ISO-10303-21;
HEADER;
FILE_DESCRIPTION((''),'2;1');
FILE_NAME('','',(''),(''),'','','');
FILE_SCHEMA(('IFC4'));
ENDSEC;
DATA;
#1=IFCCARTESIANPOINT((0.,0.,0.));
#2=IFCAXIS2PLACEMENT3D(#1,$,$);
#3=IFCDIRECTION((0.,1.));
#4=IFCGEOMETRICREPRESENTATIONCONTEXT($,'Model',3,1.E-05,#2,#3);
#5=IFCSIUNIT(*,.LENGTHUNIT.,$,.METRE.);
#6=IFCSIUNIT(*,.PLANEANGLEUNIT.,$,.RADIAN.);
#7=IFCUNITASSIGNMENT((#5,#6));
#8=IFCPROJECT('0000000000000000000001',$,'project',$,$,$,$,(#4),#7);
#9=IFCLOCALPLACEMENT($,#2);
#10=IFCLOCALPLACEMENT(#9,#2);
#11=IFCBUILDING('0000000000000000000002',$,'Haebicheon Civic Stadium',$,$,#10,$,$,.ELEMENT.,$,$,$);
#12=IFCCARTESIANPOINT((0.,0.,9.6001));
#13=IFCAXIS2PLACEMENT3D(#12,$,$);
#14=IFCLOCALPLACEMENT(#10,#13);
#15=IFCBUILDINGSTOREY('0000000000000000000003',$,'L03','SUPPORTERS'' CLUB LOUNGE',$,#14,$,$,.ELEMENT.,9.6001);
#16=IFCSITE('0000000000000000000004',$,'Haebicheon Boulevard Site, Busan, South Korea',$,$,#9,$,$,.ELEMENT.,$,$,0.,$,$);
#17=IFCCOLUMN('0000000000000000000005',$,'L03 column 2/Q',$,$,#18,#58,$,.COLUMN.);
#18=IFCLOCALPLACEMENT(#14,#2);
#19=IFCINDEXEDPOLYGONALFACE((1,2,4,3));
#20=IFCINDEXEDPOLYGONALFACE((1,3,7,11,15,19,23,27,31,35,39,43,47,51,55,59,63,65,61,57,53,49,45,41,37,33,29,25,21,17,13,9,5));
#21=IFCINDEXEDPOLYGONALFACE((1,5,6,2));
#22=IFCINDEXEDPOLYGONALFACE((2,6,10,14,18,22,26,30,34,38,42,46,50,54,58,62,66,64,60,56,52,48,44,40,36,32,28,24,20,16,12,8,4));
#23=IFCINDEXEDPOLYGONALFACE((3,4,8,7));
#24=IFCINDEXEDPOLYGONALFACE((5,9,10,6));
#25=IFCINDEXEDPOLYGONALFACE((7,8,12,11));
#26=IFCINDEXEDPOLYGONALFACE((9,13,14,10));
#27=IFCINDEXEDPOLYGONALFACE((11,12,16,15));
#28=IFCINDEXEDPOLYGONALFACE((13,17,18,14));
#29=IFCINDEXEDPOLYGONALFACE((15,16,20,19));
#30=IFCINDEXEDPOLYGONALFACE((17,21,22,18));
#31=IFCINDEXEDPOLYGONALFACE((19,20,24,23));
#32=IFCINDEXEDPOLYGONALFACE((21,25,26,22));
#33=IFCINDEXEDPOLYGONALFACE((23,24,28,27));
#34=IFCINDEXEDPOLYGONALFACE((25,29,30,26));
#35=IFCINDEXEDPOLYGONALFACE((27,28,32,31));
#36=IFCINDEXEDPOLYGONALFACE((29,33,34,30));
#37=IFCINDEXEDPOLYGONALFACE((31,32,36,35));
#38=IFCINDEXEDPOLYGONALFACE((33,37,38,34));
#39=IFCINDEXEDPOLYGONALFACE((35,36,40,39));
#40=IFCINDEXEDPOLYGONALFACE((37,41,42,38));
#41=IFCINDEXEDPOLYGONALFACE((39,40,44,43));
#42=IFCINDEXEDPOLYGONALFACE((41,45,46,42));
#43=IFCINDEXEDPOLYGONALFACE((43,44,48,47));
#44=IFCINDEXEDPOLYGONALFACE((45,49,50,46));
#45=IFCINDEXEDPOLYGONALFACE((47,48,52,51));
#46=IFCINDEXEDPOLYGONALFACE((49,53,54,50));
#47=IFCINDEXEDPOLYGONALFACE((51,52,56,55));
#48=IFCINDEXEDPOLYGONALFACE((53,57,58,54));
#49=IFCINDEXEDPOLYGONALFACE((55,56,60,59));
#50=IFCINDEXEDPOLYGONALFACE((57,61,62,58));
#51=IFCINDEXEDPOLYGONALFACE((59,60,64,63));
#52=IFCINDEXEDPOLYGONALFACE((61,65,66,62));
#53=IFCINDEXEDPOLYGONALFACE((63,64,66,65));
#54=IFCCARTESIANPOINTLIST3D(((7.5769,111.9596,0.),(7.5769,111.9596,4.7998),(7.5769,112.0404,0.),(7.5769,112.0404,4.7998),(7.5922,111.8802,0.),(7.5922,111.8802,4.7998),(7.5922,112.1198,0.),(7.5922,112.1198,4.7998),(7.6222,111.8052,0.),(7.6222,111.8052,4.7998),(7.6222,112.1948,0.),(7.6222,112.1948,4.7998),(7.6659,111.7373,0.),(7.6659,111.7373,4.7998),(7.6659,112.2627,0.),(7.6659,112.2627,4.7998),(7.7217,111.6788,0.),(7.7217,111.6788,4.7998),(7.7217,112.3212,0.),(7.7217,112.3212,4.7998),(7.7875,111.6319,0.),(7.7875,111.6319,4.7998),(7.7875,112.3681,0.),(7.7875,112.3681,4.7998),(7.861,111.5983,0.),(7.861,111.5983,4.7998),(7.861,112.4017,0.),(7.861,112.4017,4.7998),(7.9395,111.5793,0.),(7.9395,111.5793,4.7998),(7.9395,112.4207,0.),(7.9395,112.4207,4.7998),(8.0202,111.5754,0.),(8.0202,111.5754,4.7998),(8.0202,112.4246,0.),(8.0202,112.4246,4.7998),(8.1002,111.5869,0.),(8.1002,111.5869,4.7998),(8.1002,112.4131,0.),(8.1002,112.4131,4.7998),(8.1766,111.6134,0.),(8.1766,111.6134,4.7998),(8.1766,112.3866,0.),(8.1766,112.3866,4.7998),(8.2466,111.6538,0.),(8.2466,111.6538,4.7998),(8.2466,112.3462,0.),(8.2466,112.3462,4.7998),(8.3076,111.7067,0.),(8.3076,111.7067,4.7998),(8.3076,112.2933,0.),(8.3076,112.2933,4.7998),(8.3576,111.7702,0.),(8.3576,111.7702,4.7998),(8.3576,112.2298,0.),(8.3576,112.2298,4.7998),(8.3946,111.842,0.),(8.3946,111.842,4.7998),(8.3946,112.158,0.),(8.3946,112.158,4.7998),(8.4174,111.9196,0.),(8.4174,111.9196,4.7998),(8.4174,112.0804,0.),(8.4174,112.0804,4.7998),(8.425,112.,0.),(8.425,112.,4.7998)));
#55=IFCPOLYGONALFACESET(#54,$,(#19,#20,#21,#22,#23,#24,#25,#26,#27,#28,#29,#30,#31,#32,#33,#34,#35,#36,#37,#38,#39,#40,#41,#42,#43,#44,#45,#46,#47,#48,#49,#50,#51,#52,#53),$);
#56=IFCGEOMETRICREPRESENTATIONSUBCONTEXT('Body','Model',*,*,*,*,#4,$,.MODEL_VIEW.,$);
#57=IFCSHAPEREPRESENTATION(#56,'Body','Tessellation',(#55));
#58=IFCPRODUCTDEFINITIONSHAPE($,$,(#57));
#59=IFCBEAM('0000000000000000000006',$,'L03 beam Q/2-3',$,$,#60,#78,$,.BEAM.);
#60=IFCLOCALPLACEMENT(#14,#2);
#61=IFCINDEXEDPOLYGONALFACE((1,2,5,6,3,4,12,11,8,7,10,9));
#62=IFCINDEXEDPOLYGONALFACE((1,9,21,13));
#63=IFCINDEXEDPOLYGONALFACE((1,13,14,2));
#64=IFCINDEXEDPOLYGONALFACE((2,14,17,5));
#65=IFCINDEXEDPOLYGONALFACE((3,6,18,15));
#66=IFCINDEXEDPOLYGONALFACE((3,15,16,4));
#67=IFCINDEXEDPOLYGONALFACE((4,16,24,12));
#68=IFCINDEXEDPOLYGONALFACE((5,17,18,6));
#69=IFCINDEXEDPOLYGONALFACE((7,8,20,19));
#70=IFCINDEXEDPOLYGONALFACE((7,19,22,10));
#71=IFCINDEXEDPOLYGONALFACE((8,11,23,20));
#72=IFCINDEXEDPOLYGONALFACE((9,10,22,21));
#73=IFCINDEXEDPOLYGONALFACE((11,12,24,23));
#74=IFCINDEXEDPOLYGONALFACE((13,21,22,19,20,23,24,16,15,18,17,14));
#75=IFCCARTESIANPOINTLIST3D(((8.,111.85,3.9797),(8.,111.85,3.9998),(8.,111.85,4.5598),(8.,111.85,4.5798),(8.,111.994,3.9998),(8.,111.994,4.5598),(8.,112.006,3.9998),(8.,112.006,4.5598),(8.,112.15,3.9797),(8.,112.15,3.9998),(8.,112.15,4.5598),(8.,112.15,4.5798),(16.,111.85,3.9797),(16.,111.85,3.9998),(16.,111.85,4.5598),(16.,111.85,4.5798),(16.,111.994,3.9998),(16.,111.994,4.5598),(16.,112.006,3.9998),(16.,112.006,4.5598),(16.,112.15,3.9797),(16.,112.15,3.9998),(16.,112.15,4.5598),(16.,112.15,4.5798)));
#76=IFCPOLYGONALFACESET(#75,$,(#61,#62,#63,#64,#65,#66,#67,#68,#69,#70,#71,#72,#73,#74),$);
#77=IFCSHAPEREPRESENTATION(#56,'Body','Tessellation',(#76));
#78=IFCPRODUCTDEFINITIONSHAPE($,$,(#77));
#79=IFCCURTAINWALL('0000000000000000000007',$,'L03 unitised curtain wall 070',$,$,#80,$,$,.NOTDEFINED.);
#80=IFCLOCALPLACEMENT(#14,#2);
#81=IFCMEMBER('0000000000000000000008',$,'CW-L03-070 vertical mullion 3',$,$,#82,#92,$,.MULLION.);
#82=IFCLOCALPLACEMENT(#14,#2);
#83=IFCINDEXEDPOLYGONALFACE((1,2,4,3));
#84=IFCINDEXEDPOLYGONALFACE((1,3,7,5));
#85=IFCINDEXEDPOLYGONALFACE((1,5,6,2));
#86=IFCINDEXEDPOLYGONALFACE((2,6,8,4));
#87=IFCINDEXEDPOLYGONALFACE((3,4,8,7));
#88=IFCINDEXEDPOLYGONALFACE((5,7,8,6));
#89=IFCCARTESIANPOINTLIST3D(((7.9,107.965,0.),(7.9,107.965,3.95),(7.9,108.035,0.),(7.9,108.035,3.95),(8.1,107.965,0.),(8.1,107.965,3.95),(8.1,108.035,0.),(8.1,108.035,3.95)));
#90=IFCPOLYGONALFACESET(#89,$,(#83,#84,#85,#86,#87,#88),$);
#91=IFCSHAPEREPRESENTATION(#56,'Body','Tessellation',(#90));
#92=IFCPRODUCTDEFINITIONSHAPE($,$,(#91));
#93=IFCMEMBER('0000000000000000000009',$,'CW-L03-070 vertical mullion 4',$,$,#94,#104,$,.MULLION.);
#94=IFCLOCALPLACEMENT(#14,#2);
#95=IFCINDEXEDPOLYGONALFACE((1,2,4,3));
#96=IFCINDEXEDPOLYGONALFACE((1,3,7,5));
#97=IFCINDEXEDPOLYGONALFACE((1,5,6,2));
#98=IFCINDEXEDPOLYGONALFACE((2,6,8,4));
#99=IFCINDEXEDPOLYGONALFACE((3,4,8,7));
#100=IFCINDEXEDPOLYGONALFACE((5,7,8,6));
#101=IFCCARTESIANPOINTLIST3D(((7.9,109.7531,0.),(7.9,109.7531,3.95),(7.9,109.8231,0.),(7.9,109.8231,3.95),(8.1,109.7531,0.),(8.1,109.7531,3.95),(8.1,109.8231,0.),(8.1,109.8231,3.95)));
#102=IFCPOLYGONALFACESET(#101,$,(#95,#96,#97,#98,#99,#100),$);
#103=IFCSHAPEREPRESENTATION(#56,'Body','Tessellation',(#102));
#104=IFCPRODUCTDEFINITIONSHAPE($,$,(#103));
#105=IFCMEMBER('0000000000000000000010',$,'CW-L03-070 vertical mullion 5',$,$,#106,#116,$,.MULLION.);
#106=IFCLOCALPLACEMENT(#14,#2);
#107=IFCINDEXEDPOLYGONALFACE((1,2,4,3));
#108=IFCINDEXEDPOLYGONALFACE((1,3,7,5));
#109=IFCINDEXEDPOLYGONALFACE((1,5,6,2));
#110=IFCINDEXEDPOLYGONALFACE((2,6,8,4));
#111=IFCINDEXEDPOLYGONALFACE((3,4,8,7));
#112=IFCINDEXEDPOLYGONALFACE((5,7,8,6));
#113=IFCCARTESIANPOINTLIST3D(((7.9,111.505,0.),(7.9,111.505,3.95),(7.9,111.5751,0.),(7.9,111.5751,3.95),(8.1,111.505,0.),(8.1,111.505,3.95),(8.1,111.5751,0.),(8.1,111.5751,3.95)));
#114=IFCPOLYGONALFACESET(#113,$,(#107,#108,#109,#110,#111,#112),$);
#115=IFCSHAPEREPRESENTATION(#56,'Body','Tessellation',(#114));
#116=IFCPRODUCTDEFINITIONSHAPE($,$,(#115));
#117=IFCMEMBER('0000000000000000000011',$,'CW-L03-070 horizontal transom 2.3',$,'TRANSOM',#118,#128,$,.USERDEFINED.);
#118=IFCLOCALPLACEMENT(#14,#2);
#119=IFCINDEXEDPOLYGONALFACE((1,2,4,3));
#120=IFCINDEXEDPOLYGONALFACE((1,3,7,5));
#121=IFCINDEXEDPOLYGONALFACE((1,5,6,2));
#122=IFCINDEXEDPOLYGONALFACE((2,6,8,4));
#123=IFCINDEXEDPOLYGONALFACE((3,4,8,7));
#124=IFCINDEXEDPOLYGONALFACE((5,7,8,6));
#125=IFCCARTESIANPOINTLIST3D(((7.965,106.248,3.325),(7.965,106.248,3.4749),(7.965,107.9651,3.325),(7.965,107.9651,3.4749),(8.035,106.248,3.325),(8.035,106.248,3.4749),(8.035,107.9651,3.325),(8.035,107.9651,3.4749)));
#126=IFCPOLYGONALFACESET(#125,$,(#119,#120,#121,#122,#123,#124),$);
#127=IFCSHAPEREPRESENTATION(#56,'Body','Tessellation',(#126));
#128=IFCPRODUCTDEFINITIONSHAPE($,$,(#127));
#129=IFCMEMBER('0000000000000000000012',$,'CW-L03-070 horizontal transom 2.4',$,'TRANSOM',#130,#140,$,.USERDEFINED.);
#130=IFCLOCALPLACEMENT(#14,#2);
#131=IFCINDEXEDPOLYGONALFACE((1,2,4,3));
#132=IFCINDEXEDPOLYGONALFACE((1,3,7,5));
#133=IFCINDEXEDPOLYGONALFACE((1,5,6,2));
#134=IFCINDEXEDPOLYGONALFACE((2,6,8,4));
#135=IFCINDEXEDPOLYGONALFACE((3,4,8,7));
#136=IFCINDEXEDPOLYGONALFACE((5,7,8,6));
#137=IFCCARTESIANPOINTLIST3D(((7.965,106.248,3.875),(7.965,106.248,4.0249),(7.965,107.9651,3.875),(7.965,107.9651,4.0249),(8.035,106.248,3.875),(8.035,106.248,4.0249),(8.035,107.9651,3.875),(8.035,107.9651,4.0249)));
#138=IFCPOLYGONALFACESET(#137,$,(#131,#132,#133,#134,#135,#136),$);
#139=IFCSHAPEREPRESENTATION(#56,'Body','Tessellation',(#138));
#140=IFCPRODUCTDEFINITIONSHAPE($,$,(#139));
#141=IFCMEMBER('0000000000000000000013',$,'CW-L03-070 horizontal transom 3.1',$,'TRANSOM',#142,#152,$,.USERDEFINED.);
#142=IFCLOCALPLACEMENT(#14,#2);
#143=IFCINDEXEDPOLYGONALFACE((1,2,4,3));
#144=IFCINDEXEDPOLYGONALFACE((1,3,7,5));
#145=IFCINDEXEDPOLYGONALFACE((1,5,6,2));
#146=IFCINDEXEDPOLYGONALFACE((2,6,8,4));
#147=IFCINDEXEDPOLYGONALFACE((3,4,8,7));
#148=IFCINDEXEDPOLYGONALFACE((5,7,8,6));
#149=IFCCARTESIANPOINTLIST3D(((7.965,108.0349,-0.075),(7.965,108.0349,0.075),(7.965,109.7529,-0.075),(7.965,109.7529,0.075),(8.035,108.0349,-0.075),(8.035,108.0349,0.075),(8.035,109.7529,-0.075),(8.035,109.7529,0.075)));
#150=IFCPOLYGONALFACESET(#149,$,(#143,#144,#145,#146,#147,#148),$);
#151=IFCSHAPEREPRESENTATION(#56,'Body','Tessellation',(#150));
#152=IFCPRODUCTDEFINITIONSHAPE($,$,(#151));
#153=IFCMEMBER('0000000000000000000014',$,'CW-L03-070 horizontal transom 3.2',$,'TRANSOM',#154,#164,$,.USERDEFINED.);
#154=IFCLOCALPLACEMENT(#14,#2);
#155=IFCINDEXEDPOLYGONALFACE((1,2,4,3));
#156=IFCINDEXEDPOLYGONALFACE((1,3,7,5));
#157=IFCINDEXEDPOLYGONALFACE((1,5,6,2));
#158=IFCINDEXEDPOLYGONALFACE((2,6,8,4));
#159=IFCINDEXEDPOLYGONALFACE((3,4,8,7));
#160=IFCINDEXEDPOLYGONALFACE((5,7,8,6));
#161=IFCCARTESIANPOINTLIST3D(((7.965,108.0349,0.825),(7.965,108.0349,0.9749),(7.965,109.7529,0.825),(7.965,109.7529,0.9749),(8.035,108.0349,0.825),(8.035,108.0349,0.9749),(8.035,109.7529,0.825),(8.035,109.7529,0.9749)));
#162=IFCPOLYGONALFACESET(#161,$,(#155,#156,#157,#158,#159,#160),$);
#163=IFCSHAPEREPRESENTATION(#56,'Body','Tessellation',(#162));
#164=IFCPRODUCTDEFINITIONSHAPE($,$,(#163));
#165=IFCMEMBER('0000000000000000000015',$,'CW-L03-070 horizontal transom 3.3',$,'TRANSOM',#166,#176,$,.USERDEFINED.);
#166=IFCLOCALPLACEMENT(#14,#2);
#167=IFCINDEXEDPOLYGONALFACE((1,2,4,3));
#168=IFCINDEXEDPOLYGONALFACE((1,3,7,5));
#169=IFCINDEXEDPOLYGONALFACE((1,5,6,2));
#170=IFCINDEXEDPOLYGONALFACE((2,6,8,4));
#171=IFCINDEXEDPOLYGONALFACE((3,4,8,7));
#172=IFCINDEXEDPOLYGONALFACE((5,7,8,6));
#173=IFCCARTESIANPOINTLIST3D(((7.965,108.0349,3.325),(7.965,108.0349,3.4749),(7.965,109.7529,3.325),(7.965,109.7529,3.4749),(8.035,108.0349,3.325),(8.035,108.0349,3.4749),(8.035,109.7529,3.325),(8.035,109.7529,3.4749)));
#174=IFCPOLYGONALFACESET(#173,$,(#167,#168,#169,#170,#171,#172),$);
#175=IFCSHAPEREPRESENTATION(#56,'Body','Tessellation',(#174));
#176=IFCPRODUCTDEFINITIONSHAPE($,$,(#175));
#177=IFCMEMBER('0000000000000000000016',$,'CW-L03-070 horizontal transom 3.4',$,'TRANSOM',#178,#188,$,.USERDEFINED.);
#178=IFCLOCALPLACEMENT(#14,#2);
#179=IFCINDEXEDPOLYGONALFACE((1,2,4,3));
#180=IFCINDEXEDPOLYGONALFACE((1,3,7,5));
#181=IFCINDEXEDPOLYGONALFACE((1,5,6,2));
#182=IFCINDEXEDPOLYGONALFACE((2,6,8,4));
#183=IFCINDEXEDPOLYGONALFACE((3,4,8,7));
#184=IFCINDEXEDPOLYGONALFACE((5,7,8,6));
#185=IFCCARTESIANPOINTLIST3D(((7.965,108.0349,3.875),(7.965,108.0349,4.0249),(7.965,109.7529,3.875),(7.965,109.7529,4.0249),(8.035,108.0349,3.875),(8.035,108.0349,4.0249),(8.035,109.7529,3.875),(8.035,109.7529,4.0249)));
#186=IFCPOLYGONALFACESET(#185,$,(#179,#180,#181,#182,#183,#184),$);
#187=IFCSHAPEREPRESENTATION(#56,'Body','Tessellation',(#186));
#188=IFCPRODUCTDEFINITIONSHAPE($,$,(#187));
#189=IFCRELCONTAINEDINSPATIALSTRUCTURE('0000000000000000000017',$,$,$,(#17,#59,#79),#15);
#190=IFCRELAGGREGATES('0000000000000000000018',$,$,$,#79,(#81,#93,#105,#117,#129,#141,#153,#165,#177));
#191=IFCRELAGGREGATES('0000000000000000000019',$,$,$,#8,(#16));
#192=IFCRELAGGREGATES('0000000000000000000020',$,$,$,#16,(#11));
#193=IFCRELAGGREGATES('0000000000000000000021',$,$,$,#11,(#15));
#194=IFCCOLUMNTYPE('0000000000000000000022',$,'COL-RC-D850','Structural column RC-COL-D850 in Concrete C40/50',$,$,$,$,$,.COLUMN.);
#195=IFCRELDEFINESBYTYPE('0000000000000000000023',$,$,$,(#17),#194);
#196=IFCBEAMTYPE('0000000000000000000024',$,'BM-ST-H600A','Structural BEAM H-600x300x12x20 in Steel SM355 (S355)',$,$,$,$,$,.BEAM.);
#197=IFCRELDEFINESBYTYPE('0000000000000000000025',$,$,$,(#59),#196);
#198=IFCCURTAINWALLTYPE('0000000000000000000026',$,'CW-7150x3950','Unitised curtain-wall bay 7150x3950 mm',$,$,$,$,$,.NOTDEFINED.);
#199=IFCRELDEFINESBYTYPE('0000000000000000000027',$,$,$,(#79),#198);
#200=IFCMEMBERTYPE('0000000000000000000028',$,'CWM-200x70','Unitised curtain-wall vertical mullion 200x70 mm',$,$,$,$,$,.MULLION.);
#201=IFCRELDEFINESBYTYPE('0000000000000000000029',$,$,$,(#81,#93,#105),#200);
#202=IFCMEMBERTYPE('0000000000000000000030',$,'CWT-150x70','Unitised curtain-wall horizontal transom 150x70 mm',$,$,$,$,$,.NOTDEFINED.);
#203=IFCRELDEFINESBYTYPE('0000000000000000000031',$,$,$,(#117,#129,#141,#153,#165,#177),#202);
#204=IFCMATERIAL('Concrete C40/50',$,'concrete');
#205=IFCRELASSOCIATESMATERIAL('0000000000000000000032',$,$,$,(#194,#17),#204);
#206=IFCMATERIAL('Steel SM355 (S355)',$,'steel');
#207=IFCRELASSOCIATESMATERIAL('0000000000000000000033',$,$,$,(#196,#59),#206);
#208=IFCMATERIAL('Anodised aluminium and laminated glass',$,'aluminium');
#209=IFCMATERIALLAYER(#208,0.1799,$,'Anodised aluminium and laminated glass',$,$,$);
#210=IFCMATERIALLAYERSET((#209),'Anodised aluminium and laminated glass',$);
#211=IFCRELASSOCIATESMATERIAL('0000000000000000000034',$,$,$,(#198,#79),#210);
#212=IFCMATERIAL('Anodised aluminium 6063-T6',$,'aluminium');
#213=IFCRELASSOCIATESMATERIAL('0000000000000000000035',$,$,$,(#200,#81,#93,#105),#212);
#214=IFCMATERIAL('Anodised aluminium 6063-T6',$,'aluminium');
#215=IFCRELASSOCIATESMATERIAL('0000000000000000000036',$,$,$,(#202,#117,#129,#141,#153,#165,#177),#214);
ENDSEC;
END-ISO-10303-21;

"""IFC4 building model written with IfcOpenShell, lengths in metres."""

from ifc_helpers import new_model, si_unit, direction, frame, origin, origin_2d, place, context, subcontext, project, spatial, rectangle, circle, i_section, extrude, material, layer, layer_set, material_profile, profile_set, type_object, element, aggregate, save


model = new_model("IFC4")

# Units and contexts
model_context = context("Model", 3, precision=1e-05, world=origin(), true_north=direction((0.0, 1.0)))
body_context = subcontext(model_context, "Body", "Model", "MODEL_VIEW")
ifc_project = project(units=[si_unit("LENGTHUNIT", "METRE"), si_unit("PLANEANGLEUNIT", "RADIAN")], contexts=[model_context])

# Site, building, storey
site_placement = place(None, origin())
site = spatial("IfcSite", under=ifc_project, at=site_placement, Name="Haebicheon Boulevard Site, Busan, South Korea", CompositionType="ELEMENT", RefElevation=0.0)
building_placement = place(site_placement, origin())
building = spatial("IfcBuilding", under=site, at=building_placement, Name="Haebicheon Civic Stadium", CompositionType="ELEMENT")
storey_placement = place(building_placement, frame((0.0, 0.0, 9.6001)))
storey = spatial("IfcBuildingStorey", under=building, at=storey_placement, Name="L03", Description="SUPPORTERS' CLUB LOUNGE", CompositionType="ELEMENT", Elevation=9.6001)

# Column
ifc_material_1 = material(Name="Concrete C40/50", Category="concrete")
ifc_material_profile_1 = material_profile(ifc_material_1, circle(Radius=0.425, at=origin_2d()), Name="RC-COL-D850")
ifc_profile_set_1 = profile_set([ifc_material_profile_1], Name="Concrete C40/50")
column_type = type_object("IfcColumnType", Name="COL-RC-D850", Description="Structural column RC-COL-D850 in Concrete C40/50", PredefinedType="COLUMN", material=ifc_profile_set_1)
column_placement = place(storey_placement, frame((8.0, 112.0, 0.0), z_axis=(0.0, 0.0, 1.0), x_axis=(1.0, 0.0, 0.0)))
element("IfcColumn", 1, at=column_placement, inside=storey, type_object=column_type, material=ifc_profile_set_1, Name="L03 column 2/Q", PredefinedType="COLUMN", context=body_context, shape_type="SweptSolid", body=[
    extrude(circle(Radius=0.425, at=origin_2d()), origin(), (0.0, 0.0, 1.0), 4.7998),
])

# Beam
ifc_material_2 = material(Name="Steel SM355 (S355)", Category="steel")
ifc_material_profile_2 = material_profile(ifc_material_2, i_section(OverallWidth=0.3, OverallDepth=0.6001, WebThickness=0.012, FlangeThickness=0.02, at=origin_2d()), Name="H-600x300x12x20")
ifc_profile_set_2 = profile_set([ifc_material_profile_2], Name="Steel SM355 (S355)")
beam_type_1 = type_object("IfcBeamType", Name="BM-ST-H600A", Description="Structural BEAM H-600x300x12x20 in Steel SM355 (S355)", PredefinedType="BEAM", material=ifc_profile_set_2)
beam_1_placement = place(storey_placement, frame((8.0, 112.0, 4.2798), z_axis=(1.0, 0.0, 0.0), x_axis=(0.0, 1.0, 0.0)))
element("IfcBeam", 2, at=beam_1_placement, inside=storey, type_object=beam_type_1, material=ifc_profile_set_2, Name="L03 beam Q/2-3", PredefinedType="BEAM", context=body_context, shape_type="SweptSolid", body=[
    extrude(i_section(OverallWidth=0.3, OverallDepth=0.6001, WebThickness=0.012, FlangeThickness=0.02, at=origin_2d()), origin(), (0.0, 0.0, 1.0), 8.0),
])

# Curtain wall, members
ifc_material_3 = material(Name="Anodised aluminium and laminated glass", Category="aluminium")
ifc_layer_1 = layer(ifc_material_3, 0.1799, Name="Anodised aluminium and laminated glass")
ifc_layer_set_1 = layer_set([ifc_layer_1], Name="Anodised aluminium and laminated glass")
curtain_wall_type = type_object("IfcCurtainWallType", Name="CW-7150x3950", Description="Unitised curtain-wall bay 7150x3950 mm", PredefinedType="NOTDEFINED", material=ifc_layer_set_1)
curtain_wall_placement = place(storey_placement, origin())
curtain_wall = element("IfcCurtainWall", 3, at=curtain_wall_placement, inside=storey, type_object=curtain_wall_type, material=ifc_layer_set_1, Name="L03 unitised curtain wall 070", PredefinedType="NOTDEFINED")
ifc_material_4 = material(Name="Anodised aluminium 6063-T6", Category="aluminium")
ifc_material_profile_3 = material_profile(ifc_material_4, rectangle(XDim=0.0701, YDim=0.2, at=origin_2d()), Name="ALU-MULL-70x200")
ifc_profile_set_3 = profile_set([ifc_material_profile_3], Name="Anodised aluminium 6063-T6")
member_type_1 = type_object("IfcMemberType", Name="CWM-200x70", Description="Unitised curtain-wall vertical mullion 200x70 mm", PredefinedType="MULLION", material=ifc_profile_set_3)
member_1_placement = place(storey_placement, frame((8.0, 108.0, 0.0), z_axis=(0.0, 0.0, 1.0), x_axis=(0.0, 1.0, 0.0)))
member_1 = element("IfcMember", 4, at=member_1_placement, type_object=member_type_1, material=ifc_profile_set_3, Name="CW-L03-070 vertical mullion 3", PredefinedType="MULLION", context=body_context, shape_type="SweptSolid", body=[
    extrude(rectangle(XDim=0.0701, YDim=0.2, at=origin_2d()), origin(), (0.0, 0.0, 1.0), 3.95),
])
member_2_placement = place(storey_placement, frame((8.0, 109.7881, 0.0), z_axis=(0.0, 0.0, 1.0), x_axis=(0.0, 1.0, 0.0)))
member_2 = element("IfcMember", 5, at=member_2_placement, type_object=member_type_1, material=ifc_profile_set_3, Name="CW-L03-070 vertical mullion 4", PredefinedType="MULLION", context=body_context, shape_type="SweptSolid", body=[
    extrude(rectangle(XDim=0.0701, YDim=0.2, at=origin_2d()), origin(), (0.0, 0.0, 1.0), 3.95),
])
member_3_placement = place(storey_placement, frame((8.0, 111.54, 0.0), z_axis=(0.0, 0.0, 1.0), x_axis=(0.0, 1.0, 0.0)))
member_3 = element("IfcMember", 6, at=member_3_placement, type_object=member_type_1, material=ifc_profile_set_3, Name="CW-L03-070 vertical mullion 5", PredefinedType="MULLION", context=body_context, shape_type="SweptSolid", body=[
    extrude(rectangle(XDim=0.0701, YDim=0.2, at=origin_2d()), origin(), (0.0, 0.0, 1.0), 3.95),
])
ifc_material_5 = material(Name="Anodised aluminium 6063-T6", Category="aluminium")
ifc_material_profile_4 = material_profile(ifc_material_5, rectangle(XDim=0.0701, YDim=0.1499, at=origin_2d()), Name="ALU-TRAN-70x150")
ifc_profile_set_4 = profile_set([ifc_material_profile_4], Name="Anodised aluminium 6063-T6")
member_type_2 = type_object("IfcMemberType", Name="CWT-150x70", Description="Unitised curtain-wall horizontal transom 150x70 mm", PredefinedType="NOTDEFINED", material=ifc_profile_set_4)
member_4_placement = place(storey_placement, frame((8.0, 106.248, 3.3999), z_axis=(0.0, 1.0, 0.0), x_axis=(-1.0, 0.0, 0.0)))
member_4 = element("IfcMember", 7, at=member_4_placement, type_object=member_type_2, material=ifc_profile_set_4, Name="CW-L03-070 horizontal transom 2.3", ObjectType="TRANSOM", PredefinedType="USERDEFINED", context=body_context, shape_type="SweptSolid", body=[
    extrude(rectangle(XDim=0.0701, YDim=0.1499, at=origin_2d()), origin(), (0.0, 0.0, 1.0), 1.717),
])
member_5_placement = place(storey_placement, frame((8.0, 106.248, 3.95), z_axis=(0.0, 1.0, 0.0), x_axis=(-1.0, 0.0, 0.0)))
member_5 = element("IfcMember", 8, at=member_5_placement, type_object=member_type_2, material=ifc_profile_set_4, Name="CW-L03-070 horizontal transom 2.4", ObjectType="TRANSOM", PredefinedType="USERDEFINED", context=body_context, shape_type="SweptSolid", body=[
    extrude(rectangle(XDim=0.0701, YDim=0.1499, at=origin_2d()), origin(), (0.0, 0.0, 1.0), 1.717),
])
member_6_placement = place(storey_placement, frame((8.0, 108.0349, 0.0), z_axis=(0.0, 1.0, 0.0), x_axis=(-1.0, 0.0, 0.0)))
member_6 = element("IfcMember", 9, at=member_6_placement, type_object=member_type_2, material=ifc_profile_set_4, Name="CW-L03-070 horizontal transom 3.1", ObjectType="TRANSOM", PredefinedType="USERDEFINED", context=body_context, shape_type="SweptSolid", body=[
    extrude(rectangle(XDim=0.0701, YDim=0.1499, at=origin_2d()), origin(), (0.0, 0.0, 1.0), 1.718),
])
member_7_placement = place(storey_placement, frame((8.0, 108.0349, 0.8999), z_axis=(0.0, 1.0, 0.0), x_axis=(-1.0, 0.0, 0.0)))
member_7 = element("IfcMember", 10, at=member_7_placement, type_object=member_type_2, material=ifc_profile_set_4, Name="CW-L03-070 horizontal transom 3.2", ObjectType="TRANSOM", PredefinedType="USERDEFINED", context=body_context, shape_type="SweptSolid", body=[
    extrude(rectangle(XDim=0.0701, YDim=0.1499, at=origin_2d()), origin(), (0.0, 0.0, 1.0), 1.718),
])
member_8_placement = place(storey_placement, frame((8.0, 108.0349, 3.3999), z_axis=(0.0, 1.0, 0.0), x_axis=(-1.0, 0.0, 0.0)))
member_8 = element("IfcMember", 11, at=member_8_placement, type_object=member_type_2, material=ifc_profile_set_4, Name="CW-L03-070 horizontal transom 3.3", ObjectType="TRANSOM", PredefinedType="USERDEFINED", context=body_context, shape_type="SweptSolid", body=[
    extrude(rectangle(XDim=0.0701, YDim=0.1499, at=origin_2d()), origin(), (0.0, 0.0, 1.0), 1.718),
])
member_9_placement = place(storey_placement, frame((8.0, 108.0349, 3.95), z_axis=(0.0, 1.0, 0.0), x_axis=(-1.0, 0.0, 0.0)))
member_9 = element("IfcMember", 12, at=member_9_placement, type_object=member_type_2, material=ifc_profile_set_4, Name="CW-L03-070 horizontal transom 3.4", ObjectType="TRANSOM", PredefinedType="USERDEFINED", context=body_context, shape_type="SweptSolid", body=[
    extrude(rectangle(XDim=0.0701, YDim=0.1499, at=origin_2d()), origin(), (0.0, 0.0, 1.0), 1.718),
])

aggregate(curtain_wall, [member_1, member_2, member_3, member_4, member_5, member_6, member_7, member_8, member_9])

save(model, "model.ifc")
